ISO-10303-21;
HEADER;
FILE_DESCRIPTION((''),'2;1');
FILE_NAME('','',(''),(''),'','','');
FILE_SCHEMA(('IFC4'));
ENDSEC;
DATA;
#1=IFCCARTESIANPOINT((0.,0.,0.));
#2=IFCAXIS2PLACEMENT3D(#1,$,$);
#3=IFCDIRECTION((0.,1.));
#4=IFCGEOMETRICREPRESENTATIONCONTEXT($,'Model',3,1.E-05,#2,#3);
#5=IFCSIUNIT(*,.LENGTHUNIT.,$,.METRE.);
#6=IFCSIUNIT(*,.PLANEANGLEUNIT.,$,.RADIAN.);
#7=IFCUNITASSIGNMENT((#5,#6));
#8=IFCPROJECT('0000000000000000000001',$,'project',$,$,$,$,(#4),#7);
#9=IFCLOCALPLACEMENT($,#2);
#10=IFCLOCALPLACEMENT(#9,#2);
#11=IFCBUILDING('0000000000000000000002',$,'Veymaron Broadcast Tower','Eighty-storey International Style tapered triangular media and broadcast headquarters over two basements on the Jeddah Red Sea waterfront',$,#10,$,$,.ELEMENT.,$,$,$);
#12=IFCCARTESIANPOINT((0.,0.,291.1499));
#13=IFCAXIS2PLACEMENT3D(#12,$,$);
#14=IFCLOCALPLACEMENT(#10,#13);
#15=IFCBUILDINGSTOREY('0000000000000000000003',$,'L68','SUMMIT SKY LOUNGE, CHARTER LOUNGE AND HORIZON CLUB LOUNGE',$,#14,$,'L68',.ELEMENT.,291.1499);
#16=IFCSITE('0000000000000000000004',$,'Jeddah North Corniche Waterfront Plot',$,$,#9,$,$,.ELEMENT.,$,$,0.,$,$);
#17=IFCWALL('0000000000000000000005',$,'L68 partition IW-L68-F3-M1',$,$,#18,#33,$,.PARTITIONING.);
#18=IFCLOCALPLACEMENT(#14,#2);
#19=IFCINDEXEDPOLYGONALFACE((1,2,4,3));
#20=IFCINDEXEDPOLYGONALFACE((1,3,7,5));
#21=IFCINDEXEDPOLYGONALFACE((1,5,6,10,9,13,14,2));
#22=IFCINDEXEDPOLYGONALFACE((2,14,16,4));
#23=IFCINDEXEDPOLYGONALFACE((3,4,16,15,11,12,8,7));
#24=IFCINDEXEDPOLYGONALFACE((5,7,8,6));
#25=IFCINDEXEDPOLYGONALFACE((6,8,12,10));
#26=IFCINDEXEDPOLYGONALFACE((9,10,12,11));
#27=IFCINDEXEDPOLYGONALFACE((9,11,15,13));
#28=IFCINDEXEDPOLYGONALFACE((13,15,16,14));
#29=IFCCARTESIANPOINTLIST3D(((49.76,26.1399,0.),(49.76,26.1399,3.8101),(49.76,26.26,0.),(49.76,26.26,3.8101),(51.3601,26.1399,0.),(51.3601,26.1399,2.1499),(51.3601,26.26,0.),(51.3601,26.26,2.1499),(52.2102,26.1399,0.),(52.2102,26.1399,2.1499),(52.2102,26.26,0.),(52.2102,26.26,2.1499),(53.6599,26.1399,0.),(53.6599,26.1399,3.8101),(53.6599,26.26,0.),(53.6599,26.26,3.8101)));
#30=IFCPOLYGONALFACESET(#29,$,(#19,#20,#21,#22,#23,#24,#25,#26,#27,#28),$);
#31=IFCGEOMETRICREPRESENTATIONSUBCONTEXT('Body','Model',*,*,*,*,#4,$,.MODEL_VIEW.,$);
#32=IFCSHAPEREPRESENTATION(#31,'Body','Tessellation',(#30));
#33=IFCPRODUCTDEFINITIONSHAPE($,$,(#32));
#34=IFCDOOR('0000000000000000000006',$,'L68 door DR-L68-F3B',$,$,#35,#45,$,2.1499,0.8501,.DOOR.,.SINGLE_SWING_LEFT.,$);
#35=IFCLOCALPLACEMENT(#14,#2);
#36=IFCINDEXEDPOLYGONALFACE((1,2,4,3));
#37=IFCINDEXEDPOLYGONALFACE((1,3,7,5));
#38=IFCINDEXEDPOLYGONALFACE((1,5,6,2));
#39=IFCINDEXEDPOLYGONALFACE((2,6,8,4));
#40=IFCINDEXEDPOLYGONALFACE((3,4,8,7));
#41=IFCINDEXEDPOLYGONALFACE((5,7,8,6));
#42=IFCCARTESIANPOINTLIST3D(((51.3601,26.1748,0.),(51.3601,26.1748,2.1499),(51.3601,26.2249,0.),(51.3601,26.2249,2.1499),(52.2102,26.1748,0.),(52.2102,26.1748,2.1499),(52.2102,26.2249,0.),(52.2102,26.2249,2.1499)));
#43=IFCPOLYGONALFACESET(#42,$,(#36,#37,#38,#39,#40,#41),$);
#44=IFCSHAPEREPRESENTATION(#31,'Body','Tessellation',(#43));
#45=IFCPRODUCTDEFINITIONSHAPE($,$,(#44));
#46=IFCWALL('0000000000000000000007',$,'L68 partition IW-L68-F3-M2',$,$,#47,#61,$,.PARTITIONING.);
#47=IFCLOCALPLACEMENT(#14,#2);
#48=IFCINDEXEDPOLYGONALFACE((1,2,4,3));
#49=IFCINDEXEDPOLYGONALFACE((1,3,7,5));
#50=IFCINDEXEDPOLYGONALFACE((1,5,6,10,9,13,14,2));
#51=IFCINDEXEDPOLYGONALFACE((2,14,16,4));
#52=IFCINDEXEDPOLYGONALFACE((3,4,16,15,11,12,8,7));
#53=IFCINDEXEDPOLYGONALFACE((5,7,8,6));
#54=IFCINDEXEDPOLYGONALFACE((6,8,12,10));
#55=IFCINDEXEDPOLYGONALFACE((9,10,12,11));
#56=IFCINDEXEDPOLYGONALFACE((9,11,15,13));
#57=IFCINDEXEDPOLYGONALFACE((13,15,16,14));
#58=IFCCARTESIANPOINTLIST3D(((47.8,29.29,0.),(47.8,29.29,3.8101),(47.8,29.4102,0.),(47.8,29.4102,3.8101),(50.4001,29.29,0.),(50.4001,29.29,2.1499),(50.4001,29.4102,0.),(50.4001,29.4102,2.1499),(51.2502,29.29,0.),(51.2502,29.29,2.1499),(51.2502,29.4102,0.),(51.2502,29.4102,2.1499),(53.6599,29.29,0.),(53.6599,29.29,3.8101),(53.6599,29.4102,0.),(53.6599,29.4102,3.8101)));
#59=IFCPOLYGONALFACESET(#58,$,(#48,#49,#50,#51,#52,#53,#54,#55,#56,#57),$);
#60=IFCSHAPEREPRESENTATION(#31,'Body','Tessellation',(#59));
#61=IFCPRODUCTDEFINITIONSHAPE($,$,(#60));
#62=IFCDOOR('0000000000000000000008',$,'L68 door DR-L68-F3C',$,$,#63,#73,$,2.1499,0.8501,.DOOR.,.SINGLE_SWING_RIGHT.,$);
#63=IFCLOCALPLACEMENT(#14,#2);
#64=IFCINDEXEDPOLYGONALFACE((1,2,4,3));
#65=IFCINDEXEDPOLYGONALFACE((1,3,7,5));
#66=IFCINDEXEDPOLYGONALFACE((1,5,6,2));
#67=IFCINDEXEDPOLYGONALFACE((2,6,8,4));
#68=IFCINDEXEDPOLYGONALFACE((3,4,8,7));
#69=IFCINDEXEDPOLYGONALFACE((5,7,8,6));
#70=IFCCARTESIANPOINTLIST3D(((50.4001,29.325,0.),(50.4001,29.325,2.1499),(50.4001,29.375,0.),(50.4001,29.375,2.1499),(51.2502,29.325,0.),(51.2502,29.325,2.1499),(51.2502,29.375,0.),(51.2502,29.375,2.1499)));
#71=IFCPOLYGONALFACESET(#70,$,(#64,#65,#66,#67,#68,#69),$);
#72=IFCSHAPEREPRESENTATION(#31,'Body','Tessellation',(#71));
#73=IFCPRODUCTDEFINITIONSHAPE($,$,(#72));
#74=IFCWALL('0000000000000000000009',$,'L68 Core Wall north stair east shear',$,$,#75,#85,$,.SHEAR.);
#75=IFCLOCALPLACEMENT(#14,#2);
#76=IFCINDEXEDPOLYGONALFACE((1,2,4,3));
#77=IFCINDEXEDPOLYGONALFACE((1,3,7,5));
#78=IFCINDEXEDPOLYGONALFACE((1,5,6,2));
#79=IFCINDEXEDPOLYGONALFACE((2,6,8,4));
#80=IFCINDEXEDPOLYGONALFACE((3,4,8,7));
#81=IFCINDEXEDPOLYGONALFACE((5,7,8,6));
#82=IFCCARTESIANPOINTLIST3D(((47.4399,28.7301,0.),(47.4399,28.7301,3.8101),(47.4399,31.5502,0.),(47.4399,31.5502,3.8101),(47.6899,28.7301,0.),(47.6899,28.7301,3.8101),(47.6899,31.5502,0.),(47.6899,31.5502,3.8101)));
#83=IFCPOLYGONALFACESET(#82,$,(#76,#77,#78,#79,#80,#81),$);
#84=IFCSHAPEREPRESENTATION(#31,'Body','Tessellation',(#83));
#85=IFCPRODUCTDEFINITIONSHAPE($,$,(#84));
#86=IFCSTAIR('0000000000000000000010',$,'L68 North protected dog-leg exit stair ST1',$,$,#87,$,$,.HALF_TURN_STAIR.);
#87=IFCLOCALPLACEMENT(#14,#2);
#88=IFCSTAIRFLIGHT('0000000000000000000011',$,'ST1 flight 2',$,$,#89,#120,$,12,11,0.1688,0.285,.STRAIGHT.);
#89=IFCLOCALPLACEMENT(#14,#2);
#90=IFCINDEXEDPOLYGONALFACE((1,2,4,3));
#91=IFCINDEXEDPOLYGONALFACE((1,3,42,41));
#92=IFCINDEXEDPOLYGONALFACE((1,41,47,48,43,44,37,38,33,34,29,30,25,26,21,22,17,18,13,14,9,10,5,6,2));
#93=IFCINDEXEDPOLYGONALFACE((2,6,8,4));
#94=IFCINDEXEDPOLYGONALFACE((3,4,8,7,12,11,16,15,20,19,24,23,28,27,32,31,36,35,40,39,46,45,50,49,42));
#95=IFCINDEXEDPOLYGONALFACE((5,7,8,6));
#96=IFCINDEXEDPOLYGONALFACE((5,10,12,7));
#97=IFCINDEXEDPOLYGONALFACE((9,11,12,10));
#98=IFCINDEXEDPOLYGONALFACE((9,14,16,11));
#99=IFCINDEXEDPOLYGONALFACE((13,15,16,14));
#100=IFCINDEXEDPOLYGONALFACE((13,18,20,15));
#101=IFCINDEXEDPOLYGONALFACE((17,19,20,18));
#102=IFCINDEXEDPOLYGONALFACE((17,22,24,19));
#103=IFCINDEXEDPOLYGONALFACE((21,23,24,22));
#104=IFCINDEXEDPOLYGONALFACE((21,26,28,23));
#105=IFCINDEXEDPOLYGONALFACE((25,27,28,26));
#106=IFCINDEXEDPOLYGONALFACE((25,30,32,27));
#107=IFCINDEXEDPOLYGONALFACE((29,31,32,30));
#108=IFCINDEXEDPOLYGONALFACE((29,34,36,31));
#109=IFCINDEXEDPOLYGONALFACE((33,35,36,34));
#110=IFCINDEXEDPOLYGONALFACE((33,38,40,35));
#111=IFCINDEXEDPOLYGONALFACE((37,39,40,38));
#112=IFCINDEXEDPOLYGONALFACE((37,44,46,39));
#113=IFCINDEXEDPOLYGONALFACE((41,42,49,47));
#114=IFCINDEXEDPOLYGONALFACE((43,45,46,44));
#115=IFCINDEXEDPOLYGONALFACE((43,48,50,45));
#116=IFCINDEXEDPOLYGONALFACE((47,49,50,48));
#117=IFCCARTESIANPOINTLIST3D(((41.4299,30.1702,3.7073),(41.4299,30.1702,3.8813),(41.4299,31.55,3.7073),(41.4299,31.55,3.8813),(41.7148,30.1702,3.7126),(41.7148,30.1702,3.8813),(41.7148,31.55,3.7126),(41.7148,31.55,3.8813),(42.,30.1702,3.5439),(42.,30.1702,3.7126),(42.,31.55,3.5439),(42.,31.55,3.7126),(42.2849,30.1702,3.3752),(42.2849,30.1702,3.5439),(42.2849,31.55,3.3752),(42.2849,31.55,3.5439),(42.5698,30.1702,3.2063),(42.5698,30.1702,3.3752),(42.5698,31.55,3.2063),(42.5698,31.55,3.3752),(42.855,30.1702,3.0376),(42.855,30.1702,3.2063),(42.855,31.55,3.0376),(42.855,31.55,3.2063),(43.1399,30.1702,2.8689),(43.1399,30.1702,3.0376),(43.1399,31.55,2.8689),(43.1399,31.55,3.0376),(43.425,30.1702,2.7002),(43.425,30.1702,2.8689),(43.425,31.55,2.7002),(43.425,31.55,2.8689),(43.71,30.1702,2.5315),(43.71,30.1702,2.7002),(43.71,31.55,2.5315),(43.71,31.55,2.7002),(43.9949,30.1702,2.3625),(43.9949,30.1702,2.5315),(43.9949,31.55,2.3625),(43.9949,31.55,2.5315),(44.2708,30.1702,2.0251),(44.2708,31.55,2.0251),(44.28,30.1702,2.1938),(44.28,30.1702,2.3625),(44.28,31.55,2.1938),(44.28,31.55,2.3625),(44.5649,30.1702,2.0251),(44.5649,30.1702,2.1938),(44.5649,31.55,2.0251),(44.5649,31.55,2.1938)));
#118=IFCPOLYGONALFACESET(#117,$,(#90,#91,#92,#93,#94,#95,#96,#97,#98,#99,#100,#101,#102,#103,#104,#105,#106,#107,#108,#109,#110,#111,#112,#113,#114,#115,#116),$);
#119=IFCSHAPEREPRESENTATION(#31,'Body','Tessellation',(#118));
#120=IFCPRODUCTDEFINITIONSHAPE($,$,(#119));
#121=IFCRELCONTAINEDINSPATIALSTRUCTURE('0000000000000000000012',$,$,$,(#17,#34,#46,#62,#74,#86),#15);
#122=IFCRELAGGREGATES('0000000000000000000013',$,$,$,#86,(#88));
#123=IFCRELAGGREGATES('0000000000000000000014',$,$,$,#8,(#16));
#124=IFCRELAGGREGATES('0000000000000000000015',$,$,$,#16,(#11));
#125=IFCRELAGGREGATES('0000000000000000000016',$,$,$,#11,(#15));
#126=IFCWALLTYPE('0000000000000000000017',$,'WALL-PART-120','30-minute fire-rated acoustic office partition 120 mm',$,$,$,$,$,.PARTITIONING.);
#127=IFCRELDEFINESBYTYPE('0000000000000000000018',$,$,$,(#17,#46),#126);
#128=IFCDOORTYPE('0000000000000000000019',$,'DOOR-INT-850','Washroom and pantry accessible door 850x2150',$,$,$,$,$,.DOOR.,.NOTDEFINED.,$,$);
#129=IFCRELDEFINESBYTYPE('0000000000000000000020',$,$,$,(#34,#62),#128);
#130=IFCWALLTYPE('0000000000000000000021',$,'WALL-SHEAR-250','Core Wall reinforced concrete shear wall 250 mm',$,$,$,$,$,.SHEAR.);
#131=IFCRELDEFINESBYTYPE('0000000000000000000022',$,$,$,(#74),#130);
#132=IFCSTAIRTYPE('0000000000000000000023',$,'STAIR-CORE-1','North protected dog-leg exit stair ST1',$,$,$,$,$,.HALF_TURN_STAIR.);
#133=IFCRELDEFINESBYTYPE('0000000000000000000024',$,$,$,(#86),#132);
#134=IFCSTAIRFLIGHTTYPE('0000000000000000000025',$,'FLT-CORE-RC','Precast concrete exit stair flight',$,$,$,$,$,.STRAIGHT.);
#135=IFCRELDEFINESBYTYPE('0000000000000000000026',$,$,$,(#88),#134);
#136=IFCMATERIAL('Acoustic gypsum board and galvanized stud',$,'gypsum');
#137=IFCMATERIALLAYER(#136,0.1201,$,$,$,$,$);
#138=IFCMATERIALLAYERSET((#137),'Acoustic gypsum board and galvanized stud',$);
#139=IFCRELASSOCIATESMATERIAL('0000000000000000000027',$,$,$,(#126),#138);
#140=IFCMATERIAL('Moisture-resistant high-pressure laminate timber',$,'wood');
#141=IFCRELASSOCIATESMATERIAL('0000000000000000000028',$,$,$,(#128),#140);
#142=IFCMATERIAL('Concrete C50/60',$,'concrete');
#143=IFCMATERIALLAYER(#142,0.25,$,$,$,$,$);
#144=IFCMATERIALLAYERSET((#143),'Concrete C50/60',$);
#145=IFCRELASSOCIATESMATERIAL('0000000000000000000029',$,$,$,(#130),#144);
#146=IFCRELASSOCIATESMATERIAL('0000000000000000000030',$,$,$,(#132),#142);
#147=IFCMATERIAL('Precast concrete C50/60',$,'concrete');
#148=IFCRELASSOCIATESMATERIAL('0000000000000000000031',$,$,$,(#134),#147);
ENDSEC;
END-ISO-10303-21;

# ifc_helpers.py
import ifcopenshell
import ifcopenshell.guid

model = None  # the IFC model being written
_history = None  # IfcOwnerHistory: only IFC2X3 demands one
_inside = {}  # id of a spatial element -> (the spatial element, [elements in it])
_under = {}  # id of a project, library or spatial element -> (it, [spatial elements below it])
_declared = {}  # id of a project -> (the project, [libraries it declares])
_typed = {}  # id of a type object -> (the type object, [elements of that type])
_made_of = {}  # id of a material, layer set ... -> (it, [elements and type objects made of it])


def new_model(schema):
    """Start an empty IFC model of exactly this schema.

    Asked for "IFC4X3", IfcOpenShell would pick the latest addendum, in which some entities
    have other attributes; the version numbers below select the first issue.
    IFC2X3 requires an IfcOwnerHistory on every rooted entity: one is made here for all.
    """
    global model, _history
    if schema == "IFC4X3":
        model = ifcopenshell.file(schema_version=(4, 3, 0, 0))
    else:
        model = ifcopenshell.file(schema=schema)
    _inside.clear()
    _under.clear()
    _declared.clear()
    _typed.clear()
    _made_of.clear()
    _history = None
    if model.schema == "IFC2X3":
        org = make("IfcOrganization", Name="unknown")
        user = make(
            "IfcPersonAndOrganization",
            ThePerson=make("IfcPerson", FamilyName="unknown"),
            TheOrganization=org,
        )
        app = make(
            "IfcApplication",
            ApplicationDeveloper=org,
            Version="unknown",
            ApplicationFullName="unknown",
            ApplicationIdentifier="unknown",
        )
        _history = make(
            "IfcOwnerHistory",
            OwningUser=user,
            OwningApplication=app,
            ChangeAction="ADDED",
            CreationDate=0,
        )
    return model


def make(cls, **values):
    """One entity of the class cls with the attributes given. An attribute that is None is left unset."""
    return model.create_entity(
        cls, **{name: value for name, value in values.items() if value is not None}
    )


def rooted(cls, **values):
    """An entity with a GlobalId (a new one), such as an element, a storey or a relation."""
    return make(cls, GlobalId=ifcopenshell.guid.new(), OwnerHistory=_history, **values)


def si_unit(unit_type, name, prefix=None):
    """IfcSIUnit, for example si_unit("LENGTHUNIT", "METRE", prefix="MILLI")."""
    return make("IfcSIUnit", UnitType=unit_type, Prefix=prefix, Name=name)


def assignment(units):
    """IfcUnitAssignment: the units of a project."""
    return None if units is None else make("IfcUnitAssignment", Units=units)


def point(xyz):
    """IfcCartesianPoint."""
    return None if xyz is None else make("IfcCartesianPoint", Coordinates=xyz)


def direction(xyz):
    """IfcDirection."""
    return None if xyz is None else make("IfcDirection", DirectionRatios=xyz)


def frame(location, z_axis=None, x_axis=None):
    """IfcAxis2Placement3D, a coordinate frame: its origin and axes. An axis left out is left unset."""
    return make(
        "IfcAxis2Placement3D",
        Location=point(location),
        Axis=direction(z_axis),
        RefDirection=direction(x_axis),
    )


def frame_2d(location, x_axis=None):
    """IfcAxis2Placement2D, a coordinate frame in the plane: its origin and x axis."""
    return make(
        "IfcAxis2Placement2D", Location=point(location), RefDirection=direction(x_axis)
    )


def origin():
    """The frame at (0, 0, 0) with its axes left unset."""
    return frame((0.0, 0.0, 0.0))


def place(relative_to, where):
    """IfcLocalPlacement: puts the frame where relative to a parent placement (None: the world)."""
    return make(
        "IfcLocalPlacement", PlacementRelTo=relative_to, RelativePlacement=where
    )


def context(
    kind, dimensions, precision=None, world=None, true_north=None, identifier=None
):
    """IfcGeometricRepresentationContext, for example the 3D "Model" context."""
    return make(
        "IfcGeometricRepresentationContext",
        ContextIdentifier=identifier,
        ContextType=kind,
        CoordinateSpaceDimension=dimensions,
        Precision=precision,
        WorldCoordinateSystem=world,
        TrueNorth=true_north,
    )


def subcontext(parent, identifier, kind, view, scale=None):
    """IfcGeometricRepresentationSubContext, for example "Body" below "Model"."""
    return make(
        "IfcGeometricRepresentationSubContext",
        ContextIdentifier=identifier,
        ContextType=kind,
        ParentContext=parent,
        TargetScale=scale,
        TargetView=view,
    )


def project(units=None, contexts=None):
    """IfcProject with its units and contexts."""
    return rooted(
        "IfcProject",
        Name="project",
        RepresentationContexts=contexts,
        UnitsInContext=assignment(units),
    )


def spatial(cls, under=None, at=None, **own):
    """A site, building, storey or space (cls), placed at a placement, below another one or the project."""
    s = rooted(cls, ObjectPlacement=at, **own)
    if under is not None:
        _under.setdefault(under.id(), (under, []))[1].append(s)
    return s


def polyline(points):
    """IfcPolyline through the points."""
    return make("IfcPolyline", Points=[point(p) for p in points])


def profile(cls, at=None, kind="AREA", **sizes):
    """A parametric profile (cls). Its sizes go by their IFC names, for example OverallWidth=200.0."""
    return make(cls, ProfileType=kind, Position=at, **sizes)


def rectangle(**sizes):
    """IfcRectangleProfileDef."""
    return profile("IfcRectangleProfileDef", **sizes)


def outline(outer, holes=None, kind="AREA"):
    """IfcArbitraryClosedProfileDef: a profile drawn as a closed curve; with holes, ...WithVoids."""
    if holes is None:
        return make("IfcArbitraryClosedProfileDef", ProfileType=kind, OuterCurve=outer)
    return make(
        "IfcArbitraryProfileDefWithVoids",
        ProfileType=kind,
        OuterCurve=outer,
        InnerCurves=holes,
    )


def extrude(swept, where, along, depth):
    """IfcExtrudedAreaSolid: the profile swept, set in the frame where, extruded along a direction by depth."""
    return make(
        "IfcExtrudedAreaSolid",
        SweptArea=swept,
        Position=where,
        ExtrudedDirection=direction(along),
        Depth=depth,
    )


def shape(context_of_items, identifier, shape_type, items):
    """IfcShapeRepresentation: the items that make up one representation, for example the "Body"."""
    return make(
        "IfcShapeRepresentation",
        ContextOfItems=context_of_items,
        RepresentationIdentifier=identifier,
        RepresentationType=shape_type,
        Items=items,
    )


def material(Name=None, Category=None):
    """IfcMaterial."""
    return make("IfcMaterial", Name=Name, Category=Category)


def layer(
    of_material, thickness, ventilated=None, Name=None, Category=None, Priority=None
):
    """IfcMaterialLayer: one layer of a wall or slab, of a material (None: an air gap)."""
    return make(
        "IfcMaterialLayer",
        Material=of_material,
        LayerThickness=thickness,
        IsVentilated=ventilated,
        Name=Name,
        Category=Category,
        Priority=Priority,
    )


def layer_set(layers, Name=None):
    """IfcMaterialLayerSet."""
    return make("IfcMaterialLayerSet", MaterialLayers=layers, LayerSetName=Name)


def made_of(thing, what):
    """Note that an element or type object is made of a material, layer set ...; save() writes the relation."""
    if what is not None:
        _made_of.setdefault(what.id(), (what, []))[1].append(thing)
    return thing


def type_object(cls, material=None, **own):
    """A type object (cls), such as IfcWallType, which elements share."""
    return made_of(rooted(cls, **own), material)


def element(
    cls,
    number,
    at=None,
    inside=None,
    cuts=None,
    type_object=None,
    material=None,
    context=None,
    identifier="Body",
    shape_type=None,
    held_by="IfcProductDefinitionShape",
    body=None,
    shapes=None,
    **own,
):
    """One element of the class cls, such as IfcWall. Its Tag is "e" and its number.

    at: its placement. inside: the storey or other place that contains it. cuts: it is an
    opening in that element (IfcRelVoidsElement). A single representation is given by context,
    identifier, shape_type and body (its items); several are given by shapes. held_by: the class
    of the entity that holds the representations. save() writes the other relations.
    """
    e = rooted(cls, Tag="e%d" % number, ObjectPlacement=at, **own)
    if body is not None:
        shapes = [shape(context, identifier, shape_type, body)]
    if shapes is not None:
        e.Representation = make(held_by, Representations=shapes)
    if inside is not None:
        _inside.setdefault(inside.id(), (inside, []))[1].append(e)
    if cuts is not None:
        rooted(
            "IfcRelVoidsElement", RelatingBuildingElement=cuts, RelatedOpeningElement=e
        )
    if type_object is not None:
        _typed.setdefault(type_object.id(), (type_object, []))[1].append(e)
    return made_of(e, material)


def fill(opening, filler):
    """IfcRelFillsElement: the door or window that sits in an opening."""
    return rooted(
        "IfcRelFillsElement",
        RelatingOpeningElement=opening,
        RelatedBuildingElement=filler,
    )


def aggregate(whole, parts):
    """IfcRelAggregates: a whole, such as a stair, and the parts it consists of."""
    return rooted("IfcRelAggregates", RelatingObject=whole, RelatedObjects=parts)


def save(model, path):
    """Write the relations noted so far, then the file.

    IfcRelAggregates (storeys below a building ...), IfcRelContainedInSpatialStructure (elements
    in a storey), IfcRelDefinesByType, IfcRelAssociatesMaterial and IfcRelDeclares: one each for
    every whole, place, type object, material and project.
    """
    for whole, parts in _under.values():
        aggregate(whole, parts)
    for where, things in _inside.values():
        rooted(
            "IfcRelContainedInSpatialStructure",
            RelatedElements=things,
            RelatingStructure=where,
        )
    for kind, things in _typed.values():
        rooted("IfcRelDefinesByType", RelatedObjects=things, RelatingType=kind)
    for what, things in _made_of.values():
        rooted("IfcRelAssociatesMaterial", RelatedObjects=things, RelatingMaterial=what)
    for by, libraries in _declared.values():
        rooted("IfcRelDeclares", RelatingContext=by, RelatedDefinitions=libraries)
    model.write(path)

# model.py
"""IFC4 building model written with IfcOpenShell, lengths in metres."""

from ifc_helpers import new_model, si_unit, direction, frame, frame_2d, origin, place, context, subcontext, project, spatial, polyline, rectangle, outline, extrude, material, layer, layer_set, type_object, element, fill, aggregate, save


model = new_model("IFC4")

# Units and contexts
model_context = context("Model", 3, precision=1e-05, world=origin(), true_north=direction((0.0, 1.0)))
body_context = subcontext(model_context, "Body", "Model", "MODEL_VIEW")
ifc_project = project(units=[si_unit("LENGTHUNIT", "METRE"), si_unit("PLANEANGLEUNIT", "RADIAN")], contexts=[model_context])

# Site, building, storey
site_placement = place(None, origin())
site = spatial("IfcSite", under=ifc_project, at=site_placement, Name="Jeddah North Corniche Waterfront Plot", CompositionType="ELEMENT", RefElevation=0.0)
building_placement = place(site_placement, origin())
building = spatial("IfcBuilding", under=site, at=building_placement, Name="Veymaron Broadcast Tower", Description="Eighty-storey International Style tapered triangular media and broadcast headquarters over two basements on the Jeddah Red Sea waterfront", CompositionType="ELEMENT")
storey_placement = place(building_placement, frame((0.0, 0.0, 291.1499)))
storey = spatial("IfcBuildingStorey", under=building, at=storey_placement, Name="L68", Description="SUMMIT SKY LOUNGE, CHARTER LOUNGE AND HORIZON CLUB LOUNGE", LongName="L68", CompositionType="ELEMENT", Elevation=291.1499)

# Walls, openings, doors
ifc_material_1 = material(Name="Acoustic gypsum board and galvanized stud", Category="gypsum")
ifc_layer_1 = layer(ifc_material_1, 0.1201)
ifc_layer_set_1 = layer_set([ifc_layer_1], Name="Acoustic gypsum board and galvanized stud")
wall_type_1 = type_object("IfcWallType", Name="WALL-PART-120", Description="30-minute fire-rated acoustic office partition 120 mm", PredefinedType="PARTITIONING", material=ifc_layer_set_1)
wall_1_placement = place(storey_placement, frame((49.76, 26.2, 0.0), z_axis=(0.0, 0.0, 1.0), x_axis=(1.0, 0.0, 0.0)))
wall_1 = element("IfcWall", 1, at=wall_1_placement, inside=storey, type_object=wall_type_1, Name="L68 partition IW-L68-F3-M1", PredefinedType="PARTITIONING", context=body_context, shape_type="SweptSolid", body=[
    extrude(rectangle(XDim=3.8999, YDim=0.1201, at=frame_2d((1.95, 0.0))), origin(), (0.0, 0.0, 1.0), 3.8101),
])
opening_1_placement = place(wall_1_placement, frame((1.6001, 0.0, 0.0)))
opening_1 = element("IfcOpeningElement", 2, at=opening_1_placement, cuts=wall_1, PredefinedType="OPENING", context=body_context, shape_type="SweptSolid", body=[
    extrude(rectangle(XDim=0.8501, YDim=2.1499, at=frame_2d((0.425, 1.075))), frame((0.0, 0.0701, 0.0), z_axis=(0.0, -1.0, 0.0), x_axis=(1.0, 0.0, 0.0)), (0.0, 0.0, 1.0), 0.1401),
])
ifc_material_2 = material(Name="Moisture-resistant high-pressure laminate timber", Category="wood")
door_type_1 = type_object("IfcDoorType", Name="DOOR-INT-850", Description="Washroom and pantry accessible door 850x2150", OperationType="NOTDEFINED", PredefinedType="DOOR", material=ifc_material_2)
door_1_placement = place(opening_1_placement, origin())
door_1 = element("IfcDoor", 3, at=door_1_placement, inside=storey, type_object=door_type_1, Name="L68 door DR-L68-F3B", OperationType="SINGLE_SWING_LEFT", OverallHeight=2.1499, OverallWidth=0.8501, PredefinedType="DOOR", context=body_context, shape_type="SweptSolid", body=[
    extrude(rectangle(XDim=0.8501, YDim=2.1499, at=frame_2d((0.425, 1.075))), frame((0.0, 0.0249, 0.0), z_axis=(0.0, -1.0, 0.0), x_axis=(1.0, 0.0, 0.0)), (0.0, 0.0, 1.0), 0.05),
])
fill(opening_1, door_1)
wall_2_placement = place(storey_placement, frame((47.8, 29.3501, 0.0), z_axis=(0.0, 0.0, 1.0), x_axis=(1.0, 0.0, 0.0)))
wall_2 = element("IfcWall", 4, at=wall_2_placement, inside=storey, type_object=wall_type_1, Name="L68 partition IW-L68-F3-M2", PredefinedType="PARTITIONING", context=body_context, shape_type="SweptSolid", body=[
    extrude(rectangle(XDim=5.8599, YDim=0.1201, at=frame_2d((2.9299, 0.0))), origin(), (0.0, 0.0, 1.0), 3.8101),
])
opening_2_placement = place(wall_2_placement, frame((2.6001, 0.0, 0.0)))
opening_2 = element("IfcOpeningElement", 5, at=opening_2_placement, cuts=wall_2, PredefinedType="OPENING", context=body_context, shape_type="SweptSolid", body=[
    extrude(rectangle(XDim=0.8501, YDim=2.1499, at=frame_2d((0.425, 1.075))), frame((0.0, 0.0701, 0.0), z_axis=(0.0, -1.0, 0.0), x_axis=(1.0, 0.0, 0.0)), (0.0, 0.0, 1.0), 0.1401),
])
door_2_placement = place(opening_2_placement, origin())
door_2 = element("IfcDoor", 6, at=door_2_placement, inside=storey, type_object=door_type_1, Name="L68 door DR-L68-F3C", OperationType="SINGLE_SWING_RIGHT", OverallHeight=2.1499, OverallWidth=0.8501, PredefinedType="DOOR", context=body_context, shape_type="SweptSolid", body=[
    extrude(rectangle(XDim=0.8501, YDim=2.1499, at=frame_2d((0.425, 1.075))), frame((0.0, 0.0249, 0.0), z_axis=(0.0, -1.0, 0.0), x_axis=(1.0, 0.0, 0.0)), (0.0, 0.0, 1.0), 0.05),
])
fill(opening_2, door_2)

# Wall
ifc_material_3 = material(Name="Concrete C50/60", Category="concrete")
ifc_layer_2 = layer(ifc_material_3, 0.25)
ifc_layer_set_2 = layer_set([ifc_layer_2], Name="Concrete C50/60")
wall_type_2 = type_object("IfcWallType", Name="WALL-SHEAR-250", Description="Core Wall reinforced concrete shear wall 250 mm", PredefinedType="SHEAR", material=ifc_layer_set_2)
wall_3_placement = place(storey_placement, frame((47.5649, 28.73, 0.0), z_axis=(0.0, 0.0, 1.0), x_axis=(0.0, 1.0, 0.0)))
element("IfcWall", 7, at=wall_3_placement, inside=storey, type_object=wall_type_2, Name="L68 Core Wall north stair east shear", PredefinedType="SHEAR", context=body_context, shape_type="SweptSolid", body=[
    extrude(rectangle(XDim=2.8201, YDim=0.25, at=frame_2d((1.4102, 0.0))), origin(), (0.0, 0.0, 1.0), 3.8101),
])

# Stair, stair flight
stair_type = type_object("IfcStairType", Name="STAIR-CORE-1", Description="North protected dog-leg exit stair ST1", PredefinedType="HALF_TURN_STAIR", material=ifc_material_3)
stair_placement = place(storey_placement, origin())
stair = element("IfcStair", 8, at=stair_placement, inside=storey, type_object=stair_type, Name="L68 North protected dog-leg exit stair ST1", PredefinedType="HALF_TURN_STAIR")
ifc_material_4 = material(Name="Precast concrete C50/60", Category="concrete")
stair_flight_type = type_object("IfcStairFlightType", Name="FLT-CORE-RC", Description="Precast concrete exit stair flight", PredefinedType="STRAIGHT", material=ifc_material_4)
stair_flight_placement = place(storey_placement, frame((44.5649, 30.8601, 2.0251), z_axis=(0.0, 0.0, 1.0), x_axis=(-1.0, 0.0, 0.0)))
stair_flight = element("IfcStairFlight", 9, at=stair_flight_placement, type_object=stair_flight_type, Name="ST1 flight 2", NumberOfRisers=12, NumberOfTreads=11, PredefinedType="STRAIGHT", RiserHeight=0.1688, TreadLength=0.285, context=body_context, shape_type="SweptSolid", body=[
    extrude(outline(polyline([(0.0, 0.0), (0.0, 0.1687), (0.2849, 0.1687), (0.2849, 0.3374), (0.5701, 0.3374), (0.5701, 0.5063), (0.855, 0.5063), (0.855, 0.675), (1.1399, 0.675), (1.1399, 0.8438), (1.425, 0.8438), (1.425, 1.0125), (1.71, 1.0125), (1.71, 1.1812), (1.9951, 1.1812), (1.9951, 1.3501), (2.28, 1.3501), (2.28, 1.5188), (2.5649, 1.5188), (2.5649, 1.6875), (2.8501, 1.6875), (2.8501, 1.8562), (3.135, 1.8562), (3.135, 2.0249), (3.135, 1.6821), (0.2942, 0.0), (0.0, 0.0)])), frame((0.0, 0.6899, 0.0), z_axis=(0.0, -1.0, 0.0), x_axis=(1.0, 0.0, 0.0)), (0.0, 0.0, 1.0), 1.3799),
])
aggregate(stair, [stair_flight])

save(model, "model.ifc")
